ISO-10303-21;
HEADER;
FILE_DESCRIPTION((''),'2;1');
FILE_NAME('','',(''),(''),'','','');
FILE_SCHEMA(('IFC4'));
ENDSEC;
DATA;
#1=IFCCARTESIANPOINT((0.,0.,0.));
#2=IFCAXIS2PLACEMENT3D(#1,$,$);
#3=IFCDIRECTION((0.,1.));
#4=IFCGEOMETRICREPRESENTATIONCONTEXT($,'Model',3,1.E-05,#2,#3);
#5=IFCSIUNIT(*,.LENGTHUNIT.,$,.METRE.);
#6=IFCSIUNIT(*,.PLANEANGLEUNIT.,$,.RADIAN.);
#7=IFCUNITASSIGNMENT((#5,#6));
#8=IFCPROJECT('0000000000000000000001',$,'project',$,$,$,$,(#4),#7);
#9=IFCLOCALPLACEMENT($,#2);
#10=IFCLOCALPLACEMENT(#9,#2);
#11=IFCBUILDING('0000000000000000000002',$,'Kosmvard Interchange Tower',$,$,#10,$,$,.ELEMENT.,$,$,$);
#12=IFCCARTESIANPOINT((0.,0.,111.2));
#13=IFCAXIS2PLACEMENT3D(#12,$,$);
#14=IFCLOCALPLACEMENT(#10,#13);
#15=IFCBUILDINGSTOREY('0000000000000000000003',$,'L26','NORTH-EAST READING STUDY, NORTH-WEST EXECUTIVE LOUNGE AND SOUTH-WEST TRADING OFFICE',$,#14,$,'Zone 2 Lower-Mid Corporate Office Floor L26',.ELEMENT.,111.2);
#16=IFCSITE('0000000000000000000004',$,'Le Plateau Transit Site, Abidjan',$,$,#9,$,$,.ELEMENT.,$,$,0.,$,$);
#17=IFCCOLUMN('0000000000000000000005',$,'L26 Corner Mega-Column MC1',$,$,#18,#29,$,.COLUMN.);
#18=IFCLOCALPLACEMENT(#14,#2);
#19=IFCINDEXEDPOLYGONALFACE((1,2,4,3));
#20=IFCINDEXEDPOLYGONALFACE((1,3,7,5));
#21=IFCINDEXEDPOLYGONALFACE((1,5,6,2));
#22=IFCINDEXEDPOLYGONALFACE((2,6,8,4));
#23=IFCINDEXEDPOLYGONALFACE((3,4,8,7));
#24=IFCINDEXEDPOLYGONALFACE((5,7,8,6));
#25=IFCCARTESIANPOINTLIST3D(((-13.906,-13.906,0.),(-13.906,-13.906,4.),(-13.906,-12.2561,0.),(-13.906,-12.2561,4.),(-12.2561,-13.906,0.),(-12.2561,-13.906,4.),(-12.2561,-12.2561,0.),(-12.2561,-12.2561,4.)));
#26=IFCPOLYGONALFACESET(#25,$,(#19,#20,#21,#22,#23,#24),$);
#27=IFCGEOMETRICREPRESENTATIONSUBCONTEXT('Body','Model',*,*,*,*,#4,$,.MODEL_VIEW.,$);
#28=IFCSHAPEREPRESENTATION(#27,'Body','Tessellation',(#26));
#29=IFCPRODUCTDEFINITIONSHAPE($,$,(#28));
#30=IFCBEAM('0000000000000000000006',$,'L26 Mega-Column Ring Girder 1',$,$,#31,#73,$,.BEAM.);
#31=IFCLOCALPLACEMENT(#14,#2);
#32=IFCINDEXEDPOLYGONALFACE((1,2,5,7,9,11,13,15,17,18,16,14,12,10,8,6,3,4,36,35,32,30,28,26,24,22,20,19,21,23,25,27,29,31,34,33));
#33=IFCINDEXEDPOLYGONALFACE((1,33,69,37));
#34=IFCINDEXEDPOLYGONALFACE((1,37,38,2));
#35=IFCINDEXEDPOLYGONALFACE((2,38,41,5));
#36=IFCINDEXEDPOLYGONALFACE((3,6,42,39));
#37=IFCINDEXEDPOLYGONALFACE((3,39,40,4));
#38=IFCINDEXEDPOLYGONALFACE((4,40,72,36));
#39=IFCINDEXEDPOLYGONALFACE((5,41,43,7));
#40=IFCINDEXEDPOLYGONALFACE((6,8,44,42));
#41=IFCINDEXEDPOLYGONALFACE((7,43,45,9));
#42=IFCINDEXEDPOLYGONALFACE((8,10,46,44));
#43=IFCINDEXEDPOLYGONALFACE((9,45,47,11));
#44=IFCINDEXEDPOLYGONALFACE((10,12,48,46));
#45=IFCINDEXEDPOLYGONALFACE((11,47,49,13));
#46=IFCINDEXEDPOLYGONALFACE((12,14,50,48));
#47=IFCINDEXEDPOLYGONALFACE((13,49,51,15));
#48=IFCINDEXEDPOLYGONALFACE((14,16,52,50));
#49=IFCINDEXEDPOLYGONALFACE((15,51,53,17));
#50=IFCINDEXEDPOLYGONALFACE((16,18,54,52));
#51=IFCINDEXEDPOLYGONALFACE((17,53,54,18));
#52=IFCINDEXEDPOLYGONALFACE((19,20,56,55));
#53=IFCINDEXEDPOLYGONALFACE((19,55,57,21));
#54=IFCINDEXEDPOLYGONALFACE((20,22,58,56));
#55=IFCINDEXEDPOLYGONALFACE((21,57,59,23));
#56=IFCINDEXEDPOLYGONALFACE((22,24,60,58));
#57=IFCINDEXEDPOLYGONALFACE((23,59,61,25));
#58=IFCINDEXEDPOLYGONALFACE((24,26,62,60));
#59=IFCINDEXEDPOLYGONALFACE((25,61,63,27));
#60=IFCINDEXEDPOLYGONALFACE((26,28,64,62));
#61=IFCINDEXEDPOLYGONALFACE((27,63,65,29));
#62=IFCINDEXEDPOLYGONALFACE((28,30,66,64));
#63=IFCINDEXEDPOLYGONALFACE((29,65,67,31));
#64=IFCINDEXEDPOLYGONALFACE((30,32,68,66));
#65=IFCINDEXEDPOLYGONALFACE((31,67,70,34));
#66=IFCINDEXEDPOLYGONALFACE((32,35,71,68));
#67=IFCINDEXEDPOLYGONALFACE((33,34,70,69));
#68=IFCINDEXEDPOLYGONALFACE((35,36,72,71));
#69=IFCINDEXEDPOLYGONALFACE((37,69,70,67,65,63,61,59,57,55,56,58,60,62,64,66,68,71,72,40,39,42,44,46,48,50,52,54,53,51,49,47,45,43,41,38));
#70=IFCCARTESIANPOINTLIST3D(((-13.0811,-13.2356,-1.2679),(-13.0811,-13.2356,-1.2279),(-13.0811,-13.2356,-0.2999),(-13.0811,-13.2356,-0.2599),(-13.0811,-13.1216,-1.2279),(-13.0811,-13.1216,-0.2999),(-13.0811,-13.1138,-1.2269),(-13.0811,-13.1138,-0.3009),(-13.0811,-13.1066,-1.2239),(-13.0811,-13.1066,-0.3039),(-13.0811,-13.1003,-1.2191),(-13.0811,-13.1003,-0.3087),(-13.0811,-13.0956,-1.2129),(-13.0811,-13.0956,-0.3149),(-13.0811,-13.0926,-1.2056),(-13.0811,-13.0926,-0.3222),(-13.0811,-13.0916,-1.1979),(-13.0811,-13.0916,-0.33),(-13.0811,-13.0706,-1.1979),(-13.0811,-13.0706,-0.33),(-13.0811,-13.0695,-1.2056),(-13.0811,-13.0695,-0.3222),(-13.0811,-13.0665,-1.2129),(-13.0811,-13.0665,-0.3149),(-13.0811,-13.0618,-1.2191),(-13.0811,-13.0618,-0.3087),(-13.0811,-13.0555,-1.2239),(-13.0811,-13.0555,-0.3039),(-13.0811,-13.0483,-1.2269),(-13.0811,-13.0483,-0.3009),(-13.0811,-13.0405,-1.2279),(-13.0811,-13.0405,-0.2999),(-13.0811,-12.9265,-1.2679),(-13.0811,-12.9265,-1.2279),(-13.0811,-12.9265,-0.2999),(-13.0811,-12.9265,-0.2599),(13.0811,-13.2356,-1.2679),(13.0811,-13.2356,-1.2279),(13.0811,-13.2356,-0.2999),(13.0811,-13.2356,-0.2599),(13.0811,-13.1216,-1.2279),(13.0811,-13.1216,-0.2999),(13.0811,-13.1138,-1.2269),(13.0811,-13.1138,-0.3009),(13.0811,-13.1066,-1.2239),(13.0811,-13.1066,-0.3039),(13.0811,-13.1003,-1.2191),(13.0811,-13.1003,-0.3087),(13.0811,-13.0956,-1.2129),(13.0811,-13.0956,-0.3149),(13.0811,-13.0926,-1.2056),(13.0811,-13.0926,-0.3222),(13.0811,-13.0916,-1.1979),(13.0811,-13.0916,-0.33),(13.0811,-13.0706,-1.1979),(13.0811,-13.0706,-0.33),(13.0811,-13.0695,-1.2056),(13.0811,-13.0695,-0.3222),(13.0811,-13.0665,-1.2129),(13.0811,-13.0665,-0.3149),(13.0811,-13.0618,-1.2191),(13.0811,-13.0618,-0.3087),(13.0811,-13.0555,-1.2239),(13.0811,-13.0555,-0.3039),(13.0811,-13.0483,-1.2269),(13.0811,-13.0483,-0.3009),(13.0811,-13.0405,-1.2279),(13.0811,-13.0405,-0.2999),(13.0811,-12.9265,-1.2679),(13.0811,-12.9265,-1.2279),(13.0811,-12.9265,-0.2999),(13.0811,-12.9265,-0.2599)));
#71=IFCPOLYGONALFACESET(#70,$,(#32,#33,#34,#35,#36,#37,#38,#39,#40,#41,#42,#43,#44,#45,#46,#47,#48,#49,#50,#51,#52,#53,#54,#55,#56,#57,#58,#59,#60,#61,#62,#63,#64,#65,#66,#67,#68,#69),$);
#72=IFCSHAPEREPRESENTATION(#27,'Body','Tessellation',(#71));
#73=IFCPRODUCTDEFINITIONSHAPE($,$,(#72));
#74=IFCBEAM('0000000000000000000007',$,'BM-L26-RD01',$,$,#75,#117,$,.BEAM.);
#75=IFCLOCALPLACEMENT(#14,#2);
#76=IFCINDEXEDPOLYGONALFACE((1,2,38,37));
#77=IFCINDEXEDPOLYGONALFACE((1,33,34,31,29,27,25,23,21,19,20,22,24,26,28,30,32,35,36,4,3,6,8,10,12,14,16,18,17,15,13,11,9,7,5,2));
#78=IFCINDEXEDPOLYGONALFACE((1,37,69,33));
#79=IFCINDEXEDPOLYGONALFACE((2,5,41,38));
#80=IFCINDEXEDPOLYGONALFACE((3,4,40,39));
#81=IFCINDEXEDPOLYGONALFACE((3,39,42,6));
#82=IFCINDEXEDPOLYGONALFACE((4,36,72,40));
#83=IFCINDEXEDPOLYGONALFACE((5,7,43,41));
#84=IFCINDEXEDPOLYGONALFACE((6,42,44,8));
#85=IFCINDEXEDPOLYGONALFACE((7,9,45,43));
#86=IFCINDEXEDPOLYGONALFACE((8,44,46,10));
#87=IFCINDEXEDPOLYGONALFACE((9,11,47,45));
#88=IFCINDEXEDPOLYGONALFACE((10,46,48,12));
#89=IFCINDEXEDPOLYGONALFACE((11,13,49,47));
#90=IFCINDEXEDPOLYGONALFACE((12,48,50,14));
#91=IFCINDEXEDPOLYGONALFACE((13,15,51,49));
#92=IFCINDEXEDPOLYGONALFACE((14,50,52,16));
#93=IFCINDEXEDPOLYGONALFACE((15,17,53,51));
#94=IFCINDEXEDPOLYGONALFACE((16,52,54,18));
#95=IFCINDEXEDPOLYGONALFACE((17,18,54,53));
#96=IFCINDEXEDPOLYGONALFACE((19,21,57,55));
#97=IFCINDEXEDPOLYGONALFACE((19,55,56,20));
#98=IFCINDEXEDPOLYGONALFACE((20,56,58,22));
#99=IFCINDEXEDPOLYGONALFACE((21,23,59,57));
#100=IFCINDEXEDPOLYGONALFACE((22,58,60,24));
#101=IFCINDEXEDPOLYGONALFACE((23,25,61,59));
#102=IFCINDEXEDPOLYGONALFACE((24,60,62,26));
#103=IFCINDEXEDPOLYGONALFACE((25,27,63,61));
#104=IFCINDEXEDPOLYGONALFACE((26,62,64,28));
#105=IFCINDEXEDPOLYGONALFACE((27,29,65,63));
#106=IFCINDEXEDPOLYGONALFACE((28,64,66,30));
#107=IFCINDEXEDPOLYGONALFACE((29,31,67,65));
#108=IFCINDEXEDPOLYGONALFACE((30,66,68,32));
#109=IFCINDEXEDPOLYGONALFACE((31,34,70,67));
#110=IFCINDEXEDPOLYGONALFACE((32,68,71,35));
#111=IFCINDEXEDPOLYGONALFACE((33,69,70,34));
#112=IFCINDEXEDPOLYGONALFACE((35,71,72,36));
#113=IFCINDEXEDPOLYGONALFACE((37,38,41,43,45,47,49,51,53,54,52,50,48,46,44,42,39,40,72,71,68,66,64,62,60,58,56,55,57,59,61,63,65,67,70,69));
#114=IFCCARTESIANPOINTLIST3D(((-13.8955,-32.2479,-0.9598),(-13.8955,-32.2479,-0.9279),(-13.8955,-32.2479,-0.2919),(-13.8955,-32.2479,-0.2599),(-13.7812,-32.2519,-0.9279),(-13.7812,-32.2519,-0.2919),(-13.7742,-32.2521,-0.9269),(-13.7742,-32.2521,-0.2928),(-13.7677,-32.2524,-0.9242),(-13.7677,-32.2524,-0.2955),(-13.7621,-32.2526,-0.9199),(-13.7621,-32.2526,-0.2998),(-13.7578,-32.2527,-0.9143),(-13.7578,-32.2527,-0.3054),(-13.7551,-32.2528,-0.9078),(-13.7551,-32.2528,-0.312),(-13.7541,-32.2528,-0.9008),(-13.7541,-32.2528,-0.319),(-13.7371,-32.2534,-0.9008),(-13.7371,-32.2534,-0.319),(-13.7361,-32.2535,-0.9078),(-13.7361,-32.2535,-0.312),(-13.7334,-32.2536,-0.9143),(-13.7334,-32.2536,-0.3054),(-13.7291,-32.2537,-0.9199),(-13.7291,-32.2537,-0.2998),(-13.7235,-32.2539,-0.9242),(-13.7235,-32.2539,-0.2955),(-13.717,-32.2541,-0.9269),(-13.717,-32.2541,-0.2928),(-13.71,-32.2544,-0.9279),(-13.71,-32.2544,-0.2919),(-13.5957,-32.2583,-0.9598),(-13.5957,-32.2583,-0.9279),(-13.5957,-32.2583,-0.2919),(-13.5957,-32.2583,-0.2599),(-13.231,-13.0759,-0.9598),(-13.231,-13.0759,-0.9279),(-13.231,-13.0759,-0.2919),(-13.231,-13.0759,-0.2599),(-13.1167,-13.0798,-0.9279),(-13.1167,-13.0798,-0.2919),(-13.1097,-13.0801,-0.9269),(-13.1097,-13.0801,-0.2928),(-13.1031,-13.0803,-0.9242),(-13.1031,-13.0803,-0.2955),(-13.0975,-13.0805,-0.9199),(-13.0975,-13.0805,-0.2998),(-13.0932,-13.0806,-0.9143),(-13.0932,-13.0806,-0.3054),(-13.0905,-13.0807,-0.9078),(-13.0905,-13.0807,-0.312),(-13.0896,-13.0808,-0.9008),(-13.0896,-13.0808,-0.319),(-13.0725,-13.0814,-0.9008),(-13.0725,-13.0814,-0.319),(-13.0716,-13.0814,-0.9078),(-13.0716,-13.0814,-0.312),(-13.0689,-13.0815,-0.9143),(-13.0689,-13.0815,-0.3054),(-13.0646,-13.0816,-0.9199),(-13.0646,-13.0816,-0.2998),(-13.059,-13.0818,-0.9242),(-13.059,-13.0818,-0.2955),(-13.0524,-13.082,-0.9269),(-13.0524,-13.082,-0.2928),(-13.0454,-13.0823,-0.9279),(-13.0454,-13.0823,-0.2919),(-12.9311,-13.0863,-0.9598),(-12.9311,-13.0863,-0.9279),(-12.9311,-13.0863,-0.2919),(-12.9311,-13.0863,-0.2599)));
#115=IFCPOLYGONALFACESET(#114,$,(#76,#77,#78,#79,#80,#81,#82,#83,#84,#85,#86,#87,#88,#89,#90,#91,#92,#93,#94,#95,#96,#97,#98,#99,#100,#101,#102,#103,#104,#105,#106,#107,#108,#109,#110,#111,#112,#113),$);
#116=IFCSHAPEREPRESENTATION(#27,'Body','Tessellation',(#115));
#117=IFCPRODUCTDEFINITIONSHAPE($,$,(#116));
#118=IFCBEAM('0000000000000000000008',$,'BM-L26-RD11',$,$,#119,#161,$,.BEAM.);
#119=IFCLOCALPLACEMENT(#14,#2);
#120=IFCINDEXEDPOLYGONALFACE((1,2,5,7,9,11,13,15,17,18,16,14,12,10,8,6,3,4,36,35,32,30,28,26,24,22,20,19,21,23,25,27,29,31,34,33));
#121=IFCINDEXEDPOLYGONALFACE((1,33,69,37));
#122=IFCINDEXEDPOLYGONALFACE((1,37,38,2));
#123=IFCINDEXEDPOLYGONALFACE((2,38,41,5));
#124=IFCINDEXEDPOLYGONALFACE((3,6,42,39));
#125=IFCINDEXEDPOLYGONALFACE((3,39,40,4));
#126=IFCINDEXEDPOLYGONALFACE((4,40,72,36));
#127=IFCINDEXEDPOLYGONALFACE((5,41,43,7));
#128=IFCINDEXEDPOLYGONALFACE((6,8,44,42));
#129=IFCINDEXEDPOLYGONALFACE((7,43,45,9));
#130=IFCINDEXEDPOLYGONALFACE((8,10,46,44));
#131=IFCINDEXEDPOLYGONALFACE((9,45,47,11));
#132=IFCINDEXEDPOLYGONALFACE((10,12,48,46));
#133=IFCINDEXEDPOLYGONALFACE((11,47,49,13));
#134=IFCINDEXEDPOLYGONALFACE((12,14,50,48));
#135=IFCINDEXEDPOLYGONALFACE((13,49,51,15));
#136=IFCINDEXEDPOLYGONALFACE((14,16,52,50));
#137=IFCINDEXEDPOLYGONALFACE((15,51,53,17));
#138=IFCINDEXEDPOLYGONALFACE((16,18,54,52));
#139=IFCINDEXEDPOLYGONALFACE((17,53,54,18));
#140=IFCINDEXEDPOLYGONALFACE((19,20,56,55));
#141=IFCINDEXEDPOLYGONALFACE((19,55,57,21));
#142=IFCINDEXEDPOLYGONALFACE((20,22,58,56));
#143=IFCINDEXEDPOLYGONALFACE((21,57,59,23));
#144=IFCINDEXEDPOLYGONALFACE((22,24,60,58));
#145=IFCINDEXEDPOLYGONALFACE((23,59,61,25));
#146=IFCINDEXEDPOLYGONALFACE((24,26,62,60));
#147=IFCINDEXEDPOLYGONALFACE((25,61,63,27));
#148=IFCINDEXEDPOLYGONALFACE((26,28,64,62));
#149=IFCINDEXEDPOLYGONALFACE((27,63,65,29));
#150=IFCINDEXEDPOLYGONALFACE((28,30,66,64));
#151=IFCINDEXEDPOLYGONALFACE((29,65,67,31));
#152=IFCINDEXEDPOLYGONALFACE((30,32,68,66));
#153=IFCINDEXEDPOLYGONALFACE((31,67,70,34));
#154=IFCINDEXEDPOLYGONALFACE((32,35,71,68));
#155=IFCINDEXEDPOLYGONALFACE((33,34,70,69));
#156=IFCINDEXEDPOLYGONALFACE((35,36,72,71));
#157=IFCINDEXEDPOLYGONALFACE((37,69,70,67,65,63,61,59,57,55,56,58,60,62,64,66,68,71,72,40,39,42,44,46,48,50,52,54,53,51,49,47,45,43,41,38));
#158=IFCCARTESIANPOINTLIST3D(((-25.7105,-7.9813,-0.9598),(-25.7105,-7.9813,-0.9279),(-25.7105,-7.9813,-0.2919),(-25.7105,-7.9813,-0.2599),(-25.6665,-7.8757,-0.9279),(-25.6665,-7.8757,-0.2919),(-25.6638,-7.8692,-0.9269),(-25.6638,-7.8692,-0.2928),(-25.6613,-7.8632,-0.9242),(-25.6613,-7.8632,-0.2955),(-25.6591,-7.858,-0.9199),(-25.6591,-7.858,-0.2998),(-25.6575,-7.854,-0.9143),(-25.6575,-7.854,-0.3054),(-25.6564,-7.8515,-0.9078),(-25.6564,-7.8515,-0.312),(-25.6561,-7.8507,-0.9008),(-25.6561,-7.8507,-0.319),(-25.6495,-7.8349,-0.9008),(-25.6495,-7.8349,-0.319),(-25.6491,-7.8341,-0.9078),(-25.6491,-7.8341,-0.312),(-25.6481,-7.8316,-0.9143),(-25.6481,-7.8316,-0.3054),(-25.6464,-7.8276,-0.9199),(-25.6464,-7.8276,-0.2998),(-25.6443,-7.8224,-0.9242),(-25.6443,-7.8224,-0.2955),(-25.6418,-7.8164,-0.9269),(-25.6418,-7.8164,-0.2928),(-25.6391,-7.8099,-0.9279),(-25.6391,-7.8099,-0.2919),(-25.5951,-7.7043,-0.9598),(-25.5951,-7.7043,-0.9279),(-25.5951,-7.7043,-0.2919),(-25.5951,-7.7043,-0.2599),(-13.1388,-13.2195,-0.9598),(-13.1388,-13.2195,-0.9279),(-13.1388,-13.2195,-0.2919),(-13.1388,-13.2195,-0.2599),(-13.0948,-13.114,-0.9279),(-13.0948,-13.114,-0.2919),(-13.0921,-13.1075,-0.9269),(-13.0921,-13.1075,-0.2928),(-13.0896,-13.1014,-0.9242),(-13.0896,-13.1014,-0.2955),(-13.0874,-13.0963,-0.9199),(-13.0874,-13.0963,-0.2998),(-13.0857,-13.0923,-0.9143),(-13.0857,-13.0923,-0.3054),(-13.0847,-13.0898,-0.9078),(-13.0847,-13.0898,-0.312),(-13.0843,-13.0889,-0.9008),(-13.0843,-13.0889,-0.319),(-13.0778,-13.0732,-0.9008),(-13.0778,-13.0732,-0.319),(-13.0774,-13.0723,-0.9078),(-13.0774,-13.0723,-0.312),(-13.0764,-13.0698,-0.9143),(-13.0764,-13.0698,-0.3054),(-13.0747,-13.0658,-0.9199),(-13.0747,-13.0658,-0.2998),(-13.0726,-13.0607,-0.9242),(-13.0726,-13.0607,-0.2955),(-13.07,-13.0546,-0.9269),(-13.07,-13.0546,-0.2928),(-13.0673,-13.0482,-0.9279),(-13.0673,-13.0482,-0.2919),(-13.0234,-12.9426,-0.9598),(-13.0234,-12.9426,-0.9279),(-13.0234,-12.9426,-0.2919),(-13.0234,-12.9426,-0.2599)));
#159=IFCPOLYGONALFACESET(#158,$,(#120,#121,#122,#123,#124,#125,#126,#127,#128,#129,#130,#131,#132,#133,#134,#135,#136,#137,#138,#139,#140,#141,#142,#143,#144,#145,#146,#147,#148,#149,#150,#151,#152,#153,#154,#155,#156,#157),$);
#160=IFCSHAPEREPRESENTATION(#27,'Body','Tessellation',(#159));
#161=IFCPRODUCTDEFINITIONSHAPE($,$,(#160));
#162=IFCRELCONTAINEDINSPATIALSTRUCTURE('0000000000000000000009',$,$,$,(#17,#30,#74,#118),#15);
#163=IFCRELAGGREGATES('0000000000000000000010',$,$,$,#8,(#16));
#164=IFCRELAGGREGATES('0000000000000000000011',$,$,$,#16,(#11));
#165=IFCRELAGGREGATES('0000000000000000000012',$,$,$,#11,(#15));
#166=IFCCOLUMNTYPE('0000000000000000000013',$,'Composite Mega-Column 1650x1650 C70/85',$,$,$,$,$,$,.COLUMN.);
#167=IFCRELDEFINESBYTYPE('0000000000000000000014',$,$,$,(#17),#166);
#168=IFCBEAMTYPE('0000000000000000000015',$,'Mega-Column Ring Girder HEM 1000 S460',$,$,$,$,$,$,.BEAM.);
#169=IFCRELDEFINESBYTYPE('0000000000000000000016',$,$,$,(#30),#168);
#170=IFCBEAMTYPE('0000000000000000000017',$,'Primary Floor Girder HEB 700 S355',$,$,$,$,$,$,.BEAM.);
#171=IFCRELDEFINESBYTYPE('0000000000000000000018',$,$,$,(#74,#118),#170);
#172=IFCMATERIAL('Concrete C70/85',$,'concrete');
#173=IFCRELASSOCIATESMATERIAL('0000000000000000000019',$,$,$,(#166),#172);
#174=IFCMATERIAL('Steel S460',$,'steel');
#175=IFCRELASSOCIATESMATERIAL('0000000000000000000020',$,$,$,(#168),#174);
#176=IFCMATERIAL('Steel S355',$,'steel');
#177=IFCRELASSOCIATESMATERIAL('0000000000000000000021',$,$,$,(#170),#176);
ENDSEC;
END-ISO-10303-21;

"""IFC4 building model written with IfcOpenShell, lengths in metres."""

from ifc_helpers import new_model, si_unit, direction, frame, origin, origin_2d, place, context, subcontext, project, spatial, rectangle, i_section, extrude, source, transform, mapped, material, material_profile, profile_set, type_object, element, save


model = new_model("IFC4")

# Units and contexts
model_context = context("Model", 3, precision=1e-05, world=origin(), true_north=direction((0.0, 1.0)))
body_context = subcontext(model_context, "Body", "Model", "MODEL_VIEW")
ifc_project = project(units=[si_unit("LENGTHUNIT", "METRE"), si_unit("PLANEANGLEUNIT", "RADIAN")], contexts=[model_context])

# Site, building, storey
site_placement = place(None, origin())
site = spatial("IfcSite", under=ifc_project, at=site_placement, Name="Le Plateau Transit Site, Abidjan", CompositionType="ELEMENT", RefElevation=0.0)
building_placement = place(site_placement, origin())
building = spatial("IfcBuilding", under=site, at=building_placement, Name="Kosmvard Interchange Tower", CompositionType="ELEMENT")
storey_placement = place(building_placement, frame((0.0, 0.0, 111.2)))
storey = spatial("IfcBuildingStorey", under=building, at=storey_placement, Name="L26", Description="NORTH-EAST READING STUDY, NORTH-WEST EXECUTIVE LOUNGE AND SOUTH-WEST TRADING OFFICE", LongName="Zone 2 Lower-Mid Corporate Office Floor L26", CompositionType="ELEMENT", Elevation=111.2)

# Column
ifc_material_1 = material(Name="Concrete C70/85", Category="concrete")
ifc_material_profile_1 = material_profile(ifc_material_1, rectangle(XDim=1.6499, YDim=1.6499, at=origin_2d()), Name="MC 1650x1650")
ifc_profile_set_1 = profile_set([ifc_material_profile_1], Name="Concrete C70/85")
column_type = type_object("IfcColumnType", Name="Composite Mega-Column 1650x1650 C70/85", PredefinedType="COLUMN", material=ifc_profile_set_1)
shared_shape_1 = source(origin(), body_context, "Body", "SweptSolid", [
    extrude(rectangle(XDim=1.6499, YDim=1.6499, at=origin_2d()), origin(), (0.0, 0.0, 1.0), 4.0),
])
column_placement = place(storey_placement, frame((-13.0811, -13.0811, 0.0), z_axis=(0.0, 0.0, 1.0), x_axis=(1.0, 0.0, 0.0)))
element("IfcColumn", 1, at=column_placement, inside=storey, type_object=column_type, Name="L26 Corner Mega-Column MC1", PredefinedType="COLUMN", context=body_context, shape_type="MappedRepresentation", body=[
    mapped(shared_shape_1, transform((0.0, 0.0, 0.0), scale=1.0)),
])

# Beams
ifc_material_2 = material(Name="Steel S460", Category="steel")
ifc_material_profile_2 = material_profile(ifc_material_2, i_section(OverallWidth=0.3091, OverallDepth=1.0081, WebThickness=0.021, FlangeThickness=0.04, FilletRadius=0.03, at=origin_2d()), Name="HEM 1000")
ifc_profile_set_2 = profile_set([ifc_material_profile_2], Name="Steel S460")
beam_type_1 = type_object("IfcBeamType", Name="Mega-Column Ring Girder HEM 1000 S460", PredefinedType="BEAM", material=ifc_profile_set_2)
shared_shape_2 = source(origin(), body_context, "Body", "SweptSolid", [
    extrude(i_section(OverallWidth=0.3091, OverallDepth=1.0081, WebThickness=0.021, FlangeThickness=0.04, FilletRadius=0.03, at=origin_2d()), origin(), (0.0, 0.0, 1.0), 26.1621),
])
beam_1_placement = place(storey_placement, frame((-13.0811, -13.0811, -0.7639), z_axis=(1.0, 0.0, 0.0), x_axis=(0.0, 1.0, 0.0)))
element("IfcBeam", 2, at=beam_1_placement, inside=storey, type_object=beam_type_1, Name="L26 Mega-Column Ring Girder 1", PredefinedType="BEAM", context=body_context, shape_type="MappedRepresentation", body=[
    mapped(shared_shape_2, transform((0.0, 0.0, 0.0), scale=1.0)),
])
ifc_material_3 = material(Name="Steel S355", Category="steel")
ifc_material_profile_3 = material_profile(ifc_material_3, i_section(OverallWidth=0.3, OverallDepth=0.7, WebThickness=0.0171, FlangeThickness=0.032, FilletRadius=0.0271, at=origin_2d()), Name="HEB 700")
ifc_profile_set_3 = profile_set([ifc_material_profile_3], Name="Steel S355")
beam_type_2 = type_object("IfcBeamType", Name="Primary Floor Girder HEB 700 S355", PredefinedType="BEAM", material=ifc_profile_set_3)
shared_shape_3 = source(origin(), body_context, "Body", "SweptSolid", [
    extrude(i_section(OverallWidth=0.3, OverallDepth=0.7, WebThickness=0.0171, FlangeThickness=0.032, FilletRadius=0.0271, at=origin_2d()), origin(), (0.0, 0.0, 1.0), 19.1836),
])
beam_2_placement = place(storey_placement, frame((-13.0811, -13.0811, -0.6099), z_axis=(-0.034642, -0.9994, 0.0), x_axis=(0.9994, -0.034642, 0.0)))
element("IfcBeam", 3, at=beam_2_placement, inside=storey, type_object=beam_type_2, Name="BM-L26-RD01", PredefinedType="BEAM", context=body_context, shape_type="MappedRepresentation", body=[
    mapped(shared_shape_3, transform((0.0, 0.0, 0.0), scale=1.0)),
])
shared_shape_4 = source(origin(), body_context, "Body", "SweptSolid", [
    extrude(i_section(OverallWidth=0.3, OverallDepth=0.7, WebThickness=0.0171, FlangeThickness=0.032, FilletRadius=0.0271, at=origin_2d()), origin(), (0.0, 0.0, 1.0), 13.6194),
])
beam_3_placement = place(storey_placement, frame((-13.0811, -13.0811, -0.6099), z_axis=(-0.923076, 0.384618, 0.0), x_axis=(-0.384618, -0.923076, 0.0)))
element("IfcBeam", 4, at=beam_3_placement, inside=storey, type_object=beam_type_2, Name="BM-L26-RD11", PredefinedType="BEAM", context=body_context, shape_type="MappedRepresentation", body=[
    mapped(shared_shape_4, transform((0.0, 0.0, 0.0), scale=1.0)),
])

save(model, "model.ifc")
